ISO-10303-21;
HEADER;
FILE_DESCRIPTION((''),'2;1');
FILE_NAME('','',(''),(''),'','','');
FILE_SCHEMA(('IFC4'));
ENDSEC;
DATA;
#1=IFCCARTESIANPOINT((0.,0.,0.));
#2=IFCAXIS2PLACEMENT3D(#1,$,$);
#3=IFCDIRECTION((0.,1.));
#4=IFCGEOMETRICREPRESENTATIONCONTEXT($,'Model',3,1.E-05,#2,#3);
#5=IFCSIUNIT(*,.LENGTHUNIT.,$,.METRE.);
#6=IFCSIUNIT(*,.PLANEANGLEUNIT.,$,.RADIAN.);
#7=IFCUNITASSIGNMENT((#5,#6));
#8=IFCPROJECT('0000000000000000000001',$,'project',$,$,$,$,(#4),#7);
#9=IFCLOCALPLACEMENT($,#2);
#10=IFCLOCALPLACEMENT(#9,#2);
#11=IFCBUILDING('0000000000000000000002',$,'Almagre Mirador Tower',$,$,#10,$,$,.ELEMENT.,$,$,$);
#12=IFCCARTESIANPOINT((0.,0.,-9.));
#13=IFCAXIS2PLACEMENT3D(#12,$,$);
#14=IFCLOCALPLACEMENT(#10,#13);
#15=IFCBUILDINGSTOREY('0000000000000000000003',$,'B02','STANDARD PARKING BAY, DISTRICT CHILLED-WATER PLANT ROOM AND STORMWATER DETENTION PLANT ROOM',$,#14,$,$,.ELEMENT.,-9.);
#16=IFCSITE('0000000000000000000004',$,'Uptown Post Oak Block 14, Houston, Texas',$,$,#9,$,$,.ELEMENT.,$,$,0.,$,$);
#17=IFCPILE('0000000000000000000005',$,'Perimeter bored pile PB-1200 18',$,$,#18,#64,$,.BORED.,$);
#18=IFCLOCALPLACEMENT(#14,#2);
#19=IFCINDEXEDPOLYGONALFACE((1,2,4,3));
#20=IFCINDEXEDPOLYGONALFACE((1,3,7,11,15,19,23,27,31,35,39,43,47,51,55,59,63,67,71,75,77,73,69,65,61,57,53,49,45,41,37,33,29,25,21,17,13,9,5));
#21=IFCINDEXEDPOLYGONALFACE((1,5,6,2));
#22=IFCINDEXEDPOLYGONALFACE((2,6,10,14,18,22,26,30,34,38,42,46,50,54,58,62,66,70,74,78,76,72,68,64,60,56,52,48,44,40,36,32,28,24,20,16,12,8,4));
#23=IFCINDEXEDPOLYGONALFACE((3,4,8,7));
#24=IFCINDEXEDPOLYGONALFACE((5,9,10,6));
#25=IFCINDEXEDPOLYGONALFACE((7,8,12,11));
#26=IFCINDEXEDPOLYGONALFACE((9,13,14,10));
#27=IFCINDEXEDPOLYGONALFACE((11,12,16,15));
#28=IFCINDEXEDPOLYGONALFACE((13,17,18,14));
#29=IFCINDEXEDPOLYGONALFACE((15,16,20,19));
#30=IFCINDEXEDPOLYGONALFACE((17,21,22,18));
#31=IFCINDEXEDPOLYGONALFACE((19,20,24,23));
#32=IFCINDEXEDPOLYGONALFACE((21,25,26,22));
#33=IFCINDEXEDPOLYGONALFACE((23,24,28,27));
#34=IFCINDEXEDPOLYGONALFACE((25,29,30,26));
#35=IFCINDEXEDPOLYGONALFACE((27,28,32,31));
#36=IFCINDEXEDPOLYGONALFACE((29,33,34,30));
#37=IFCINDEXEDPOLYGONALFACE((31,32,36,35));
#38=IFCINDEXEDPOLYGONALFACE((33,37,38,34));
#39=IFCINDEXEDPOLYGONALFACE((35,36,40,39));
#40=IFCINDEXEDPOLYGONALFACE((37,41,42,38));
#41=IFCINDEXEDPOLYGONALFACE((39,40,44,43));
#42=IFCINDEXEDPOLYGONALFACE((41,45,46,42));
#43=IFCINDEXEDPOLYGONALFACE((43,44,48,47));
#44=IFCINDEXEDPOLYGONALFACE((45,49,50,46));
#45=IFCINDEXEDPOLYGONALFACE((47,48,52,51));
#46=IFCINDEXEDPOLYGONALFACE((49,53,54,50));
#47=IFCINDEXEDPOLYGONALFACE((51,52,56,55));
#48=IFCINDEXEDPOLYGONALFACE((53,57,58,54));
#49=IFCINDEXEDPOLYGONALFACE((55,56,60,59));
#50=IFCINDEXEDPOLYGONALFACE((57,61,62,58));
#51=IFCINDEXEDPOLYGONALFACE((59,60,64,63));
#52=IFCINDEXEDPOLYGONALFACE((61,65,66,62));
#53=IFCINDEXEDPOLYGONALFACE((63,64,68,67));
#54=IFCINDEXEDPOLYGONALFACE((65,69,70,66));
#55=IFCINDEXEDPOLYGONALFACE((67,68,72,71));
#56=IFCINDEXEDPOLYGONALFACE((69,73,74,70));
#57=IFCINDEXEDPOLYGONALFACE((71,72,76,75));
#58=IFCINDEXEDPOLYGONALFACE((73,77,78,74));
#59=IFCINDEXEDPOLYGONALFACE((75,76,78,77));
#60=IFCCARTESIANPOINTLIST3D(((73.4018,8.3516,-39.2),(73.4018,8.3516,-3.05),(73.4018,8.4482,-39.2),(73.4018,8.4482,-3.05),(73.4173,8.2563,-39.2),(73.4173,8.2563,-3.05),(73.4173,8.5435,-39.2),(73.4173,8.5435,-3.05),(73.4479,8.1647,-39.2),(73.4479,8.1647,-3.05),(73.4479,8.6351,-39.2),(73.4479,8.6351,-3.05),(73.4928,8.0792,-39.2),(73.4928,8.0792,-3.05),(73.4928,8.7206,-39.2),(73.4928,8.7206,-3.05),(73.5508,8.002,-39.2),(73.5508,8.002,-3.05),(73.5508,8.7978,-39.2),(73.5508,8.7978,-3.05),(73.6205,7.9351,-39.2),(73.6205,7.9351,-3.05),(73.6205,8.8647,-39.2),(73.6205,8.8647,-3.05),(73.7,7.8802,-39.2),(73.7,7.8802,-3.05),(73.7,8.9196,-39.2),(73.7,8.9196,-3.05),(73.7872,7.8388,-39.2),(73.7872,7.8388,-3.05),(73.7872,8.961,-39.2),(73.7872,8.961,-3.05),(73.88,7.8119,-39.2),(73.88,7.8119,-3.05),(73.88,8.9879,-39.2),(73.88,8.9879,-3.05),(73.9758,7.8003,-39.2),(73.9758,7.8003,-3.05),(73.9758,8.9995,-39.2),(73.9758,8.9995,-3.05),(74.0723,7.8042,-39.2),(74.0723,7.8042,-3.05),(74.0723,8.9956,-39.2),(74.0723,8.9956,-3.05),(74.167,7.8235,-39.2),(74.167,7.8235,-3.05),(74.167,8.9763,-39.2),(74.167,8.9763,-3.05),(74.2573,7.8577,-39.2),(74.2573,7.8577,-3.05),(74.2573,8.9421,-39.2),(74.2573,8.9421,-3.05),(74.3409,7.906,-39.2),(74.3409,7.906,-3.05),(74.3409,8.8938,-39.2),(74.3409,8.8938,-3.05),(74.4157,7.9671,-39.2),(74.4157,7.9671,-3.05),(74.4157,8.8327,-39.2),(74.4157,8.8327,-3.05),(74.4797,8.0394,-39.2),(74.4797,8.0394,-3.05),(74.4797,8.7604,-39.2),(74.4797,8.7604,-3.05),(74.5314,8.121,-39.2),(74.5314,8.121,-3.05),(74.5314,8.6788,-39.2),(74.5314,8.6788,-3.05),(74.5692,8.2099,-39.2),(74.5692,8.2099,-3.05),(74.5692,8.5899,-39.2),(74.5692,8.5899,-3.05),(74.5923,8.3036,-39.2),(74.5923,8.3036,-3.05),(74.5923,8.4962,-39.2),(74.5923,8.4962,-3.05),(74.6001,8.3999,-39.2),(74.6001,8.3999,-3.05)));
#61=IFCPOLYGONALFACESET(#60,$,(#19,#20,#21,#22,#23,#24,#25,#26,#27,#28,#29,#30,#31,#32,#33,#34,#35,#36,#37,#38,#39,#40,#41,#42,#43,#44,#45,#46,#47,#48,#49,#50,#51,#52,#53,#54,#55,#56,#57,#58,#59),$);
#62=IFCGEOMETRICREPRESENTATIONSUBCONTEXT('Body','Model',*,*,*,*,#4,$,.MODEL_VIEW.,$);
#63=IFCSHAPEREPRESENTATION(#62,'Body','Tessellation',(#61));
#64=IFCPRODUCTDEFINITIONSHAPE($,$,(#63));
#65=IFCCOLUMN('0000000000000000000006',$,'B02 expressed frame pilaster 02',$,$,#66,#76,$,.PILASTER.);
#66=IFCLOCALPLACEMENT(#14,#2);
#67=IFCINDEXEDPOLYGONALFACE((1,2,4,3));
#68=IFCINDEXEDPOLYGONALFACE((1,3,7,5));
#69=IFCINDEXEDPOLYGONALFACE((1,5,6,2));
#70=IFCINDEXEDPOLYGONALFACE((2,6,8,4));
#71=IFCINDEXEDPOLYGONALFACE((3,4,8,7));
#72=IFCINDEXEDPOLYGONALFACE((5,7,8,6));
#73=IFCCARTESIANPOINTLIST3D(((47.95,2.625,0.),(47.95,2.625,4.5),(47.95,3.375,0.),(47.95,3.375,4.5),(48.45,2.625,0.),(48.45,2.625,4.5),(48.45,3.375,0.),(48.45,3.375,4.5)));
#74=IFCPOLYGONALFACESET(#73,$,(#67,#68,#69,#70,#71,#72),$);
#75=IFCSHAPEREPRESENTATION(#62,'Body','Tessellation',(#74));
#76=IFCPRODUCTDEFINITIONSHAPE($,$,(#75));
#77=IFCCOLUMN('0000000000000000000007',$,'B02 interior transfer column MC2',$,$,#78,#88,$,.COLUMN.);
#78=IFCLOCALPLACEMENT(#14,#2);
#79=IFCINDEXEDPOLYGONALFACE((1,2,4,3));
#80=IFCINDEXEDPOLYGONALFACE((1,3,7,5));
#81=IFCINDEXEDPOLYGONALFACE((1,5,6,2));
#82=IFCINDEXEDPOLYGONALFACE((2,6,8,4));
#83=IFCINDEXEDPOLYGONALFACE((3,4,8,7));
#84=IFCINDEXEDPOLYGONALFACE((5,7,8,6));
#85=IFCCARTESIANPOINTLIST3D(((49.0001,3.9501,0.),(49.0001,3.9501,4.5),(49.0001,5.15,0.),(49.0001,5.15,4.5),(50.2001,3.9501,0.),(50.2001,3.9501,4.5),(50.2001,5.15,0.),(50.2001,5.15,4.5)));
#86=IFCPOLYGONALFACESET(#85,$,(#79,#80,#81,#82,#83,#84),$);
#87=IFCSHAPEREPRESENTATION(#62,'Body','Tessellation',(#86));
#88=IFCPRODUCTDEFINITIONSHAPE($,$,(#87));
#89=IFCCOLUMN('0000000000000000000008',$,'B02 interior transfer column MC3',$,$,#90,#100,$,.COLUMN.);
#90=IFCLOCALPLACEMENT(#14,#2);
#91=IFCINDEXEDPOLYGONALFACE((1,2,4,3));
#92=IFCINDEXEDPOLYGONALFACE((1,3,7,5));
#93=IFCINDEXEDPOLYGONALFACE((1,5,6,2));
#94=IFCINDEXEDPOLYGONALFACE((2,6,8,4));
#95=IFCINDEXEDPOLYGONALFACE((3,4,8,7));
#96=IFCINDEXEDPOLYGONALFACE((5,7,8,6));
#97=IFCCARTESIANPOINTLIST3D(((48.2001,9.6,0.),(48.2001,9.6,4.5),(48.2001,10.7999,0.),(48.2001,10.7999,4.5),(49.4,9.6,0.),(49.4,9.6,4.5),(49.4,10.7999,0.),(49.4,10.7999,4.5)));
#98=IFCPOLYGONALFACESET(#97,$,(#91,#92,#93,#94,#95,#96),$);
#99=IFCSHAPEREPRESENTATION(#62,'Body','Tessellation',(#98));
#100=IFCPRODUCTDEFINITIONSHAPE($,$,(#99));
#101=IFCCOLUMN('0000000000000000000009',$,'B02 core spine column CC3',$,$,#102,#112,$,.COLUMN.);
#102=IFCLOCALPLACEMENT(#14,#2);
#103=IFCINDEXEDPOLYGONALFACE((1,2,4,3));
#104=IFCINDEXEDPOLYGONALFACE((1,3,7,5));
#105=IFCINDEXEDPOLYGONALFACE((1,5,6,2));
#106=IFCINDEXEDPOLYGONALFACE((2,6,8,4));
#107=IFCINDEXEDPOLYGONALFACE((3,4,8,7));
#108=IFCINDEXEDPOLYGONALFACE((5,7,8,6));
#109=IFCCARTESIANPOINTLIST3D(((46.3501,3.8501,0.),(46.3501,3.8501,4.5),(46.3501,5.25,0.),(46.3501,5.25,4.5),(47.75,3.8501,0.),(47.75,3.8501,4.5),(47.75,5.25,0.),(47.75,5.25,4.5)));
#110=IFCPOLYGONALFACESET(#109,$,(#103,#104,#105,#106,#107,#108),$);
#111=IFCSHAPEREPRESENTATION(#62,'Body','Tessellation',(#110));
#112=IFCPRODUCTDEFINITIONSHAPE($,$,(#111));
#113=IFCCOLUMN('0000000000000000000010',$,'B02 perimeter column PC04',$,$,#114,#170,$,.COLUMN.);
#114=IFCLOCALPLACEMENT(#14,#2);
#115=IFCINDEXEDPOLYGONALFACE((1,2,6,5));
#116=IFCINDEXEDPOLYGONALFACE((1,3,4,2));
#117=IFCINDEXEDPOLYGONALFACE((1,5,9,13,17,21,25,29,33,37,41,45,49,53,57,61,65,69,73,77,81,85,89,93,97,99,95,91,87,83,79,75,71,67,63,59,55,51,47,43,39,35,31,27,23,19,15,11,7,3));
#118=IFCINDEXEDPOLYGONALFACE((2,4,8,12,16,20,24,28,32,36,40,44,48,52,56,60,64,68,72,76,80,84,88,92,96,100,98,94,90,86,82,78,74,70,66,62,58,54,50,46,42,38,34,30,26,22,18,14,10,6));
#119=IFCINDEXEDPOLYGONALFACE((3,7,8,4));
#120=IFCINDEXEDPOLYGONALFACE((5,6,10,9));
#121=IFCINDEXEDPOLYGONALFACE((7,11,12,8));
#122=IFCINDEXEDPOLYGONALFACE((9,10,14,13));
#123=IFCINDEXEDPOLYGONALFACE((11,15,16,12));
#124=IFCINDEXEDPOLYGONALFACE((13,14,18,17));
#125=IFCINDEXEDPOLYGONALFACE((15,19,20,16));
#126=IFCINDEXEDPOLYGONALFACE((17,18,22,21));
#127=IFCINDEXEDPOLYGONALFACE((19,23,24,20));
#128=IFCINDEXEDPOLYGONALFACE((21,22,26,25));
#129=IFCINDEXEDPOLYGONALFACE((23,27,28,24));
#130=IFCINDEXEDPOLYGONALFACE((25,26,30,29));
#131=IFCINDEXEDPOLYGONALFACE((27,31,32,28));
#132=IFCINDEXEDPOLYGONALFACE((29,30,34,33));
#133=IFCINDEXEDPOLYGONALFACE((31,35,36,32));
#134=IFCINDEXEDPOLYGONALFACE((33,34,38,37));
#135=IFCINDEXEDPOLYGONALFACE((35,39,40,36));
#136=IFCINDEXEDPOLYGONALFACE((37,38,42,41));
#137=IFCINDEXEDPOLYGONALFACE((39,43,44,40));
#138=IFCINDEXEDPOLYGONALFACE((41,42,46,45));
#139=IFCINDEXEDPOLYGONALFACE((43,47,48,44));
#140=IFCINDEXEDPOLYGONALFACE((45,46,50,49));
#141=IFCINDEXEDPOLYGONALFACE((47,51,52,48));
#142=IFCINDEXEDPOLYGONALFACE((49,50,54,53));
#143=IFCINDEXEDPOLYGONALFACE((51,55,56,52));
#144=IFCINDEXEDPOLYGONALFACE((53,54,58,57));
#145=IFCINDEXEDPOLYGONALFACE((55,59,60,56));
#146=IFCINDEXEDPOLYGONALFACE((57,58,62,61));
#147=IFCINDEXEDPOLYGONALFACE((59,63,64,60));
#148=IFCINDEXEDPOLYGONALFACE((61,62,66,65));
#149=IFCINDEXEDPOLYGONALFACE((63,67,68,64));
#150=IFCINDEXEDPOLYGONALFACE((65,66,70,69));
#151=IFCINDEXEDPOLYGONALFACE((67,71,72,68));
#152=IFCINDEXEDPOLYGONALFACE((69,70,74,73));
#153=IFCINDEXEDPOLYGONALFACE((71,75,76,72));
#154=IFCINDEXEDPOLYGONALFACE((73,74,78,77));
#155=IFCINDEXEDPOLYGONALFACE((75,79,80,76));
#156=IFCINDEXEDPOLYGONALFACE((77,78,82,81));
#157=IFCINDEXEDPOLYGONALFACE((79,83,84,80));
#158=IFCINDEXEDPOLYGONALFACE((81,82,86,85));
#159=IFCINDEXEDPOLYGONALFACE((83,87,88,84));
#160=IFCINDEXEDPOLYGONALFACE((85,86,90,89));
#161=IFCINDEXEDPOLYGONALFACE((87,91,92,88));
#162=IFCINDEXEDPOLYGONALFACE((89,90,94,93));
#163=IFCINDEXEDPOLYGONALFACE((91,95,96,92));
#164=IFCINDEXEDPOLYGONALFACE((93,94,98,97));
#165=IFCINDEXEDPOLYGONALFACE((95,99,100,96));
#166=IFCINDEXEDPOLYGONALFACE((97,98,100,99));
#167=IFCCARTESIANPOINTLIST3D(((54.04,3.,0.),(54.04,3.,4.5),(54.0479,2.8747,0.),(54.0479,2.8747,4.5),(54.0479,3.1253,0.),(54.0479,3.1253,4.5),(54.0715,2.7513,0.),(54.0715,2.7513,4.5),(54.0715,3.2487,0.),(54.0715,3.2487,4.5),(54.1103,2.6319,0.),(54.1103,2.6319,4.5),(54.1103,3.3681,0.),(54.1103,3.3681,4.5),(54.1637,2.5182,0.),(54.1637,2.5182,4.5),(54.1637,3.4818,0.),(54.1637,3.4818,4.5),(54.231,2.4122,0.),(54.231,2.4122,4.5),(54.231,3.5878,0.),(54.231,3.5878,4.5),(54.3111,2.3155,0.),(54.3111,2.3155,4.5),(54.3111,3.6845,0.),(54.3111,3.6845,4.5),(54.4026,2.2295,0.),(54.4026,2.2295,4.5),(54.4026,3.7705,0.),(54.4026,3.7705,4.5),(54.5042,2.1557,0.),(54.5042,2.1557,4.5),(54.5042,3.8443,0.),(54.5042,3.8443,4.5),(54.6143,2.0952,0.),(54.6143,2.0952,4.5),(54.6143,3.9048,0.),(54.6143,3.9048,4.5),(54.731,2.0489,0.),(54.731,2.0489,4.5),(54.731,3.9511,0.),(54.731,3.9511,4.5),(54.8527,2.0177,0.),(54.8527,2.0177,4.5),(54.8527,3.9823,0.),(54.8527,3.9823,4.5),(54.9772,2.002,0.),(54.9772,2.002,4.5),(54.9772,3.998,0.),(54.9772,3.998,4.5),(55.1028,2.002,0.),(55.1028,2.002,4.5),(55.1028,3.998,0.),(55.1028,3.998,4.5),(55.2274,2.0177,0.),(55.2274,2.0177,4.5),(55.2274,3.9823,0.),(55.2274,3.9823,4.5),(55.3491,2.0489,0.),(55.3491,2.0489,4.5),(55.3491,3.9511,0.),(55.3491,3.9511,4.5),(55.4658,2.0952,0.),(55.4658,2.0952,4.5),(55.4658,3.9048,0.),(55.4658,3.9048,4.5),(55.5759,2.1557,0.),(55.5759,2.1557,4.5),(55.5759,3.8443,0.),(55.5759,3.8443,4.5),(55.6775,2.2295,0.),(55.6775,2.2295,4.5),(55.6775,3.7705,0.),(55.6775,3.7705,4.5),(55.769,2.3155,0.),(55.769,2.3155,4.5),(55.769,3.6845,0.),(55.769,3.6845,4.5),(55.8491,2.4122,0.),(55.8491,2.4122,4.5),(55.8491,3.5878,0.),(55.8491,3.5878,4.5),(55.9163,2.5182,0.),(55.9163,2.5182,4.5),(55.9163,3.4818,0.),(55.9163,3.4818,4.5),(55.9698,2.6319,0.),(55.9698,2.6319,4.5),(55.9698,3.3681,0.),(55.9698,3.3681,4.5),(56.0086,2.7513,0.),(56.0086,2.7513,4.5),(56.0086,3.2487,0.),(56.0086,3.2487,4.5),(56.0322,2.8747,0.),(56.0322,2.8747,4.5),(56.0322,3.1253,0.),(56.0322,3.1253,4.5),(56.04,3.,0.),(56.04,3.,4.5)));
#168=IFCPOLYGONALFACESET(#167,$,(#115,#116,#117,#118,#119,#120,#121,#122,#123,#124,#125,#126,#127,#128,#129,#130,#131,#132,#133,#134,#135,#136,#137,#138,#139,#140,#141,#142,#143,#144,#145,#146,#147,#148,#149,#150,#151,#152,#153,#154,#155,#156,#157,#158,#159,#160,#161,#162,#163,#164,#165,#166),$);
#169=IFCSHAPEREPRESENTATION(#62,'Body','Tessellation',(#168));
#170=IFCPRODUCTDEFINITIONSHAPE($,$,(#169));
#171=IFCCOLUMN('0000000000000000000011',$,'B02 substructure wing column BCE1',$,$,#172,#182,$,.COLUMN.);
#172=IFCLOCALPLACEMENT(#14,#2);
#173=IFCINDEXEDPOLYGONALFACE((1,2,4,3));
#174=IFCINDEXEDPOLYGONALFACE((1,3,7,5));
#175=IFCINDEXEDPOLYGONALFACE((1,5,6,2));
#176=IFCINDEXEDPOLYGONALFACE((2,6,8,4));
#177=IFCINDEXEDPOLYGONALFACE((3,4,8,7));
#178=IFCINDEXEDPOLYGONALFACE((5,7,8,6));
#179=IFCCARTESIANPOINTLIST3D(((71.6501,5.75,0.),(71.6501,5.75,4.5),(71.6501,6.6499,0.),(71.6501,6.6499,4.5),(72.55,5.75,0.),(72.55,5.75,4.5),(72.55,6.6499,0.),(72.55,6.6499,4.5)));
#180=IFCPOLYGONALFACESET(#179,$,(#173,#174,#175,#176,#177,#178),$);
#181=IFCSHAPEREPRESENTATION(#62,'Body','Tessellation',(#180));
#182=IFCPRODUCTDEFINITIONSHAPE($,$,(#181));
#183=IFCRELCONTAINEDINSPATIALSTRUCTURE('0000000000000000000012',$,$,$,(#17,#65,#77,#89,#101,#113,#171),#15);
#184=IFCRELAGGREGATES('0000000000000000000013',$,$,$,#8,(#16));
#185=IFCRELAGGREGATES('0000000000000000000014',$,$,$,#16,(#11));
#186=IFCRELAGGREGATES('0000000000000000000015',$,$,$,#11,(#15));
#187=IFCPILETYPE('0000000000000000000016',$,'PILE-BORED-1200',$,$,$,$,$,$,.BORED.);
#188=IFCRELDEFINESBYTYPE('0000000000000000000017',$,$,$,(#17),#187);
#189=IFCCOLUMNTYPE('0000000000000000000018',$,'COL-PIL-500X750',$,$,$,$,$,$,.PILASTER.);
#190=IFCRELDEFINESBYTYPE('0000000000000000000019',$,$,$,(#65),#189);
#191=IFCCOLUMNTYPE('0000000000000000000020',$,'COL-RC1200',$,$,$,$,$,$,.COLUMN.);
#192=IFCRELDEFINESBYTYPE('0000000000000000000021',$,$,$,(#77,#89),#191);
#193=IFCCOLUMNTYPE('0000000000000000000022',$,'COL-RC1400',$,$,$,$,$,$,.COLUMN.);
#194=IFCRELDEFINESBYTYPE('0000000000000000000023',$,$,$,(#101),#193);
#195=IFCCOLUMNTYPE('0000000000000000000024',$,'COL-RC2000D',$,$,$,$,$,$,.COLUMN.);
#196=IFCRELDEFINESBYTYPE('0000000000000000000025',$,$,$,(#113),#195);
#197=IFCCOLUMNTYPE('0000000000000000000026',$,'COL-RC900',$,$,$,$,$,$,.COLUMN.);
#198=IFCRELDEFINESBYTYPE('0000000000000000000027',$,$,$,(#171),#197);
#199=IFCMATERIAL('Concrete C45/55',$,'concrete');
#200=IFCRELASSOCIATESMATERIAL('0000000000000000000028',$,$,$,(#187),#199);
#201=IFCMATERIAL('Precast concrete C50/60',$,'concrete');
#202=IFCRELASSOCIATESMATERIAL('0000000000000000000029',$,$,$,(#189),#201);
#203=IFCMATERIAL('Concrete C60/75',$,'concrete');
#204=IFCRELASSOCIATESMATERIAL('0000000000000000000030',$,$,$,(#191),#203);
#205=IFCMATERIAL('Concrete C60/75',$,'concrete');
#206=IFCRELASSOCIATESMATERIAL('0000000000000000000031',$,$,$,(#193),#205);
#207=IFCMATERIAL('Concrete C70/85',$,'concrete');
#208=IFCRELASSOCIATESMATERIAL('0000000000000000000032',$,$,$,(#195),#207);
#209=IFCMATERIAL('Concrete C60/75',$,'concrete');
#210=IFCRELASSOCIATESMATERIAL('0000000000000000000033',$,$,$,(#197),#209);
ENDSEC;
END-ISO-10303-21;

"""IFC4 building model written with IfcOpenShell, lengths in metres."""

from ifc_helpers import new_model, si_unit, direction, frame, origin, origin_2d, place, context, subcontext, project, spatial, rectangle, circle, extrude, material, material_profile, profile_set, type_object, element, save


model = new_model("IFC4")

# Units and contexts
model_context = context("Model", 3, precision=1e-05, world=origin(), true_north=direction((0.0, 1.0)))
body_context = subcontext(model_context, "Body", "Model", "MODEL_VIEW")
ifc_project = project(units=[si_unit("LENGTHUNIT", "METRE"), si_unit("PLANEANGLEUNIT", "RADIAN")], contexts=[model_context])

# Site, building, storey
site_placement = place(None, origin())
site = spatial("IfcSite", under=ifc_project, at=site_placement, Name="Uptown Post Oak Block 14, Houston, Texas", CompositionType="ELEMENT", RefElevation=0.0)
building_placement = place(site_placement, origin())
building = spatial("IfcBuilding", under=site, at=building_placement, Name="Almagre Mirador Tower", CompositionType="ELEMENT")
storey_placement = place(building_placement, frame((0.0, 0.0, -9.0)))
storey = spatial("IfcBuildingStorey", under=building, at=storey_placement, Name="B02", Description="STANDARD PARKING BAY, DISTRICT CHILLED-WATER PLANT ROOM AND STORMWATER DETENTION PLANT ROOM", CompositionType="ELEMENT", Elevation=-9.0)

# Pile
ifc_material_1 = material(Name="Concrete C45/55", Category="concrete")
ifc_material_profile_1 = material_profile(ifc_material_1, circle(Radius=0.6001, at=origin_2d()), Name="PILE1200D")
ifc_profile_set_1 = profile_set([ifc_material_profile_1], Name="Concrete C45/55")
pile_type = type_object("IfcPileType", Name="PILE-BORED-1200", PredefinedType="BORED", material=ifc_profile_set_1)
for number, where, z_axis, x_axis, name in (
    (1, (74.0, 8.3999, -3.05), (0.0, 0.0, -1.0), (1.0, 0.0, 0.0), "Perimeter bored pile PB-1200 18"),
):
    element("IfcPile", number, at=place(storey_placement, frame(where, z_axis=z_axis, x_axis=x_axis)), inside=storey, type_object=pile_type, Name=name, PredefinedType="BORED", context=body_context, shape_type="SweptSolid", body=[
        extrude(circle(Radius=0.6001, at=origin_2d()), origin(), (0.0, 0.0, 1.0), 36.1499),
    ])

# Columns
ifc_material_2 = material(Name="Precast concrete C50/60", Category="concrete")
ifc_material_profile_2 = material_profile(ifc_material_2, rectangle(XDim=0.5, YDim=0.75, at=origin_2d()), Name="RC500X750")
ifc_profile_set_2 = profile_set([ifc_material_profile_2], Name="Precast concrete C50/60")
column_type_1 = type_object("IfcColumnType", Name="COL-PIL-500X750", PredefinedType="PILASTER", material=ifc_profile_set_2)
column_1_placement = place(storey_placement, frame((48.2, 3.0, 0.0), z_axis=(0.0, 0.0, 1.0), x_axis=(1.0, 0.0, 0.0)))
element("IfcColumn", 2, at=column_1_placement, inside=storey, type_object=column_type_1, Name="B02 expressed frame pilaster 02", PredefinedType="PILASTER", context=body_context, shape_type="SweptSolid", body=[
    extrude(rectangle(XDim=0.5, YDim=0.75, at=origin_2d()), origin(), (0.0, 0.0, 1.0), 4.5),
])
ifc_material_3 = material(Name="Concrete C60/75", Category="concrete")
ifc_material_profile_3 = material_profile(ifc_material_3, rectangle(XDim=1.2, YDim=1.2, at=origin_2d()), Name="RC1200X1200")
ifc_profile_set_3 = profile_set([ifc_material_profile_3], Name="Concrete C60/75")
column_type_2 = type_object("IfcColumnType", Name="COL-RC1200", PredefinedType="COLUMN", material=ifc_profile_set_3)
for number, where, z_axis, x_axis, name in (
    (3, (49.6001, 4.55, 0.0), (0.0, 0.0, 1.0), (1.0, 0.0, 0.0), "B02 interior transfer column MC2"),
    (4, (48.8, 10.2, 0.0), (0.0, 0.0, 1.0), (1.0, 0.0, 0.0), "B02 interior transfer column MC3"),
):
    element("IfcColumn", number, at=place(storey_placement, frame(where, z_axis=z_axis, x_axis=x_axis)), inside=storey, type_object=column_type_2, Name=name, PredefinedType="COLUMN", context=body_context, shape_type="SweptSolid", body=[
        extrude(rectangle(XDim=1.2, YDim=1.2, at=origin_2d()), origin(), (0.0, 0.0, 1.0), 4.5),
    ])
ifc_material_4 = material(Name="Concrete C60/75", Category="concrete")
ifc_material_profile_4 = material_profile(ifc_material_4, rectangle(XDim=1.3999, YDim=1.3999, at=origin_2d()), Name="RC1400X1400")
ifc_profile_set_4 = profile_set([ifc_material_profile_4], Name="Concrete C60/75")
column_type_3 = type_object("IfcColumnType", Name="COL-RC1400", PredefinedType="COLUMN", material=ifc_profile_set_4)
column_2_placement = place(storey_placement, frame((47.05, 4.55, 0.0), z_axis=(0.0, 0.0, 1.0), x_axis=(1.0, 0.0, 0.0)))
element("IfcColumn", 5, at=column_2_placement, inside=storey, type_object=column_type_3, Name="B02 core spine column CC3", PredefinedType="COLUMN", context=body_context, shape_type="SweptSolid", body=[
    extrude(rectangle(XDim=1.3999, YDim=1.3999, at=origin_2d()), origin(), (0.0, 0.0, 1.0), 4.5),
])
ifc_material_5 = material(Name="Concrete C70/85", Category="concrete")
ifc_material_profile_5 = material_profile(ifc_material_5, circle(Radius=1.0, at=origin_2d()), Name="RC2000D")
ifc_profile_set_5 = profile_set([ifc_material_profile_5], Name="Concrete C70/85")
column_type_4 = type_object("IfcColumnType", Name="COL-RC2000D", PredefinedType="COLUMN", material=ifc_profile_set_5)
column_3_placement = place(storey_placement, frame((55.04, 3.0, 0.0), z_axis=(0.0, 0.0, 1.0), x_axis=(1.0, 0.0, 0.0)))
element("IfcColumn", 6, at=column_3_placement, inside=storey, type_object=column_type_4, Name="B02 perimeter column PC04", PredefinedType="COLUMN", context=body_context, shape_type="SweptSolid", body=[
    extrude(circle(Radius=1.0, at=origin_2d()), origin(), (0.0, 0.0, 1.0), 4.5),
])
ifc_material_6 = material(Name="Concrete C60/75", Category="concrete")
ifc_material_profile_6 = material_profile(ifc_material_6, rectangle(XDim=0.8999, YDim=0.8999, at=origin_2d()), Name="RC900X900")
ifc_profile_set_6 = profile_set([ifc_material_profile_6], Name="Concrete C60/75")
column_type_5 = type_object("IfcColumnType", Name="COL-RC900", PredefinedType="COLUMN", material=ifc_profile_set_6)
for number, where, z_axis, x_axis, name in (
    (7, (72.1001, 6.2, 0.0), (0.0, 0.0, 1.0), (1.0, 0.0, 0.0), "B02 substructure wing column BCE1"),
):
    element("IfcColumn", number, at=place(storey_placement, frame(where, z_axis=z_axis, x_axis=x_axis)), inside=storey, type_object=column_type_5, Name=name, PredefinedType="COLUMN", context=body_context, shape_type="SweptSolid", body=[
        extrude(rectangle(XDim=0.8999, YDim=0.8999, at=origin_2d()), origin(), (0.0, 0.0, 1.0), 4.5),
    ])

save(model, "model.ifc")
